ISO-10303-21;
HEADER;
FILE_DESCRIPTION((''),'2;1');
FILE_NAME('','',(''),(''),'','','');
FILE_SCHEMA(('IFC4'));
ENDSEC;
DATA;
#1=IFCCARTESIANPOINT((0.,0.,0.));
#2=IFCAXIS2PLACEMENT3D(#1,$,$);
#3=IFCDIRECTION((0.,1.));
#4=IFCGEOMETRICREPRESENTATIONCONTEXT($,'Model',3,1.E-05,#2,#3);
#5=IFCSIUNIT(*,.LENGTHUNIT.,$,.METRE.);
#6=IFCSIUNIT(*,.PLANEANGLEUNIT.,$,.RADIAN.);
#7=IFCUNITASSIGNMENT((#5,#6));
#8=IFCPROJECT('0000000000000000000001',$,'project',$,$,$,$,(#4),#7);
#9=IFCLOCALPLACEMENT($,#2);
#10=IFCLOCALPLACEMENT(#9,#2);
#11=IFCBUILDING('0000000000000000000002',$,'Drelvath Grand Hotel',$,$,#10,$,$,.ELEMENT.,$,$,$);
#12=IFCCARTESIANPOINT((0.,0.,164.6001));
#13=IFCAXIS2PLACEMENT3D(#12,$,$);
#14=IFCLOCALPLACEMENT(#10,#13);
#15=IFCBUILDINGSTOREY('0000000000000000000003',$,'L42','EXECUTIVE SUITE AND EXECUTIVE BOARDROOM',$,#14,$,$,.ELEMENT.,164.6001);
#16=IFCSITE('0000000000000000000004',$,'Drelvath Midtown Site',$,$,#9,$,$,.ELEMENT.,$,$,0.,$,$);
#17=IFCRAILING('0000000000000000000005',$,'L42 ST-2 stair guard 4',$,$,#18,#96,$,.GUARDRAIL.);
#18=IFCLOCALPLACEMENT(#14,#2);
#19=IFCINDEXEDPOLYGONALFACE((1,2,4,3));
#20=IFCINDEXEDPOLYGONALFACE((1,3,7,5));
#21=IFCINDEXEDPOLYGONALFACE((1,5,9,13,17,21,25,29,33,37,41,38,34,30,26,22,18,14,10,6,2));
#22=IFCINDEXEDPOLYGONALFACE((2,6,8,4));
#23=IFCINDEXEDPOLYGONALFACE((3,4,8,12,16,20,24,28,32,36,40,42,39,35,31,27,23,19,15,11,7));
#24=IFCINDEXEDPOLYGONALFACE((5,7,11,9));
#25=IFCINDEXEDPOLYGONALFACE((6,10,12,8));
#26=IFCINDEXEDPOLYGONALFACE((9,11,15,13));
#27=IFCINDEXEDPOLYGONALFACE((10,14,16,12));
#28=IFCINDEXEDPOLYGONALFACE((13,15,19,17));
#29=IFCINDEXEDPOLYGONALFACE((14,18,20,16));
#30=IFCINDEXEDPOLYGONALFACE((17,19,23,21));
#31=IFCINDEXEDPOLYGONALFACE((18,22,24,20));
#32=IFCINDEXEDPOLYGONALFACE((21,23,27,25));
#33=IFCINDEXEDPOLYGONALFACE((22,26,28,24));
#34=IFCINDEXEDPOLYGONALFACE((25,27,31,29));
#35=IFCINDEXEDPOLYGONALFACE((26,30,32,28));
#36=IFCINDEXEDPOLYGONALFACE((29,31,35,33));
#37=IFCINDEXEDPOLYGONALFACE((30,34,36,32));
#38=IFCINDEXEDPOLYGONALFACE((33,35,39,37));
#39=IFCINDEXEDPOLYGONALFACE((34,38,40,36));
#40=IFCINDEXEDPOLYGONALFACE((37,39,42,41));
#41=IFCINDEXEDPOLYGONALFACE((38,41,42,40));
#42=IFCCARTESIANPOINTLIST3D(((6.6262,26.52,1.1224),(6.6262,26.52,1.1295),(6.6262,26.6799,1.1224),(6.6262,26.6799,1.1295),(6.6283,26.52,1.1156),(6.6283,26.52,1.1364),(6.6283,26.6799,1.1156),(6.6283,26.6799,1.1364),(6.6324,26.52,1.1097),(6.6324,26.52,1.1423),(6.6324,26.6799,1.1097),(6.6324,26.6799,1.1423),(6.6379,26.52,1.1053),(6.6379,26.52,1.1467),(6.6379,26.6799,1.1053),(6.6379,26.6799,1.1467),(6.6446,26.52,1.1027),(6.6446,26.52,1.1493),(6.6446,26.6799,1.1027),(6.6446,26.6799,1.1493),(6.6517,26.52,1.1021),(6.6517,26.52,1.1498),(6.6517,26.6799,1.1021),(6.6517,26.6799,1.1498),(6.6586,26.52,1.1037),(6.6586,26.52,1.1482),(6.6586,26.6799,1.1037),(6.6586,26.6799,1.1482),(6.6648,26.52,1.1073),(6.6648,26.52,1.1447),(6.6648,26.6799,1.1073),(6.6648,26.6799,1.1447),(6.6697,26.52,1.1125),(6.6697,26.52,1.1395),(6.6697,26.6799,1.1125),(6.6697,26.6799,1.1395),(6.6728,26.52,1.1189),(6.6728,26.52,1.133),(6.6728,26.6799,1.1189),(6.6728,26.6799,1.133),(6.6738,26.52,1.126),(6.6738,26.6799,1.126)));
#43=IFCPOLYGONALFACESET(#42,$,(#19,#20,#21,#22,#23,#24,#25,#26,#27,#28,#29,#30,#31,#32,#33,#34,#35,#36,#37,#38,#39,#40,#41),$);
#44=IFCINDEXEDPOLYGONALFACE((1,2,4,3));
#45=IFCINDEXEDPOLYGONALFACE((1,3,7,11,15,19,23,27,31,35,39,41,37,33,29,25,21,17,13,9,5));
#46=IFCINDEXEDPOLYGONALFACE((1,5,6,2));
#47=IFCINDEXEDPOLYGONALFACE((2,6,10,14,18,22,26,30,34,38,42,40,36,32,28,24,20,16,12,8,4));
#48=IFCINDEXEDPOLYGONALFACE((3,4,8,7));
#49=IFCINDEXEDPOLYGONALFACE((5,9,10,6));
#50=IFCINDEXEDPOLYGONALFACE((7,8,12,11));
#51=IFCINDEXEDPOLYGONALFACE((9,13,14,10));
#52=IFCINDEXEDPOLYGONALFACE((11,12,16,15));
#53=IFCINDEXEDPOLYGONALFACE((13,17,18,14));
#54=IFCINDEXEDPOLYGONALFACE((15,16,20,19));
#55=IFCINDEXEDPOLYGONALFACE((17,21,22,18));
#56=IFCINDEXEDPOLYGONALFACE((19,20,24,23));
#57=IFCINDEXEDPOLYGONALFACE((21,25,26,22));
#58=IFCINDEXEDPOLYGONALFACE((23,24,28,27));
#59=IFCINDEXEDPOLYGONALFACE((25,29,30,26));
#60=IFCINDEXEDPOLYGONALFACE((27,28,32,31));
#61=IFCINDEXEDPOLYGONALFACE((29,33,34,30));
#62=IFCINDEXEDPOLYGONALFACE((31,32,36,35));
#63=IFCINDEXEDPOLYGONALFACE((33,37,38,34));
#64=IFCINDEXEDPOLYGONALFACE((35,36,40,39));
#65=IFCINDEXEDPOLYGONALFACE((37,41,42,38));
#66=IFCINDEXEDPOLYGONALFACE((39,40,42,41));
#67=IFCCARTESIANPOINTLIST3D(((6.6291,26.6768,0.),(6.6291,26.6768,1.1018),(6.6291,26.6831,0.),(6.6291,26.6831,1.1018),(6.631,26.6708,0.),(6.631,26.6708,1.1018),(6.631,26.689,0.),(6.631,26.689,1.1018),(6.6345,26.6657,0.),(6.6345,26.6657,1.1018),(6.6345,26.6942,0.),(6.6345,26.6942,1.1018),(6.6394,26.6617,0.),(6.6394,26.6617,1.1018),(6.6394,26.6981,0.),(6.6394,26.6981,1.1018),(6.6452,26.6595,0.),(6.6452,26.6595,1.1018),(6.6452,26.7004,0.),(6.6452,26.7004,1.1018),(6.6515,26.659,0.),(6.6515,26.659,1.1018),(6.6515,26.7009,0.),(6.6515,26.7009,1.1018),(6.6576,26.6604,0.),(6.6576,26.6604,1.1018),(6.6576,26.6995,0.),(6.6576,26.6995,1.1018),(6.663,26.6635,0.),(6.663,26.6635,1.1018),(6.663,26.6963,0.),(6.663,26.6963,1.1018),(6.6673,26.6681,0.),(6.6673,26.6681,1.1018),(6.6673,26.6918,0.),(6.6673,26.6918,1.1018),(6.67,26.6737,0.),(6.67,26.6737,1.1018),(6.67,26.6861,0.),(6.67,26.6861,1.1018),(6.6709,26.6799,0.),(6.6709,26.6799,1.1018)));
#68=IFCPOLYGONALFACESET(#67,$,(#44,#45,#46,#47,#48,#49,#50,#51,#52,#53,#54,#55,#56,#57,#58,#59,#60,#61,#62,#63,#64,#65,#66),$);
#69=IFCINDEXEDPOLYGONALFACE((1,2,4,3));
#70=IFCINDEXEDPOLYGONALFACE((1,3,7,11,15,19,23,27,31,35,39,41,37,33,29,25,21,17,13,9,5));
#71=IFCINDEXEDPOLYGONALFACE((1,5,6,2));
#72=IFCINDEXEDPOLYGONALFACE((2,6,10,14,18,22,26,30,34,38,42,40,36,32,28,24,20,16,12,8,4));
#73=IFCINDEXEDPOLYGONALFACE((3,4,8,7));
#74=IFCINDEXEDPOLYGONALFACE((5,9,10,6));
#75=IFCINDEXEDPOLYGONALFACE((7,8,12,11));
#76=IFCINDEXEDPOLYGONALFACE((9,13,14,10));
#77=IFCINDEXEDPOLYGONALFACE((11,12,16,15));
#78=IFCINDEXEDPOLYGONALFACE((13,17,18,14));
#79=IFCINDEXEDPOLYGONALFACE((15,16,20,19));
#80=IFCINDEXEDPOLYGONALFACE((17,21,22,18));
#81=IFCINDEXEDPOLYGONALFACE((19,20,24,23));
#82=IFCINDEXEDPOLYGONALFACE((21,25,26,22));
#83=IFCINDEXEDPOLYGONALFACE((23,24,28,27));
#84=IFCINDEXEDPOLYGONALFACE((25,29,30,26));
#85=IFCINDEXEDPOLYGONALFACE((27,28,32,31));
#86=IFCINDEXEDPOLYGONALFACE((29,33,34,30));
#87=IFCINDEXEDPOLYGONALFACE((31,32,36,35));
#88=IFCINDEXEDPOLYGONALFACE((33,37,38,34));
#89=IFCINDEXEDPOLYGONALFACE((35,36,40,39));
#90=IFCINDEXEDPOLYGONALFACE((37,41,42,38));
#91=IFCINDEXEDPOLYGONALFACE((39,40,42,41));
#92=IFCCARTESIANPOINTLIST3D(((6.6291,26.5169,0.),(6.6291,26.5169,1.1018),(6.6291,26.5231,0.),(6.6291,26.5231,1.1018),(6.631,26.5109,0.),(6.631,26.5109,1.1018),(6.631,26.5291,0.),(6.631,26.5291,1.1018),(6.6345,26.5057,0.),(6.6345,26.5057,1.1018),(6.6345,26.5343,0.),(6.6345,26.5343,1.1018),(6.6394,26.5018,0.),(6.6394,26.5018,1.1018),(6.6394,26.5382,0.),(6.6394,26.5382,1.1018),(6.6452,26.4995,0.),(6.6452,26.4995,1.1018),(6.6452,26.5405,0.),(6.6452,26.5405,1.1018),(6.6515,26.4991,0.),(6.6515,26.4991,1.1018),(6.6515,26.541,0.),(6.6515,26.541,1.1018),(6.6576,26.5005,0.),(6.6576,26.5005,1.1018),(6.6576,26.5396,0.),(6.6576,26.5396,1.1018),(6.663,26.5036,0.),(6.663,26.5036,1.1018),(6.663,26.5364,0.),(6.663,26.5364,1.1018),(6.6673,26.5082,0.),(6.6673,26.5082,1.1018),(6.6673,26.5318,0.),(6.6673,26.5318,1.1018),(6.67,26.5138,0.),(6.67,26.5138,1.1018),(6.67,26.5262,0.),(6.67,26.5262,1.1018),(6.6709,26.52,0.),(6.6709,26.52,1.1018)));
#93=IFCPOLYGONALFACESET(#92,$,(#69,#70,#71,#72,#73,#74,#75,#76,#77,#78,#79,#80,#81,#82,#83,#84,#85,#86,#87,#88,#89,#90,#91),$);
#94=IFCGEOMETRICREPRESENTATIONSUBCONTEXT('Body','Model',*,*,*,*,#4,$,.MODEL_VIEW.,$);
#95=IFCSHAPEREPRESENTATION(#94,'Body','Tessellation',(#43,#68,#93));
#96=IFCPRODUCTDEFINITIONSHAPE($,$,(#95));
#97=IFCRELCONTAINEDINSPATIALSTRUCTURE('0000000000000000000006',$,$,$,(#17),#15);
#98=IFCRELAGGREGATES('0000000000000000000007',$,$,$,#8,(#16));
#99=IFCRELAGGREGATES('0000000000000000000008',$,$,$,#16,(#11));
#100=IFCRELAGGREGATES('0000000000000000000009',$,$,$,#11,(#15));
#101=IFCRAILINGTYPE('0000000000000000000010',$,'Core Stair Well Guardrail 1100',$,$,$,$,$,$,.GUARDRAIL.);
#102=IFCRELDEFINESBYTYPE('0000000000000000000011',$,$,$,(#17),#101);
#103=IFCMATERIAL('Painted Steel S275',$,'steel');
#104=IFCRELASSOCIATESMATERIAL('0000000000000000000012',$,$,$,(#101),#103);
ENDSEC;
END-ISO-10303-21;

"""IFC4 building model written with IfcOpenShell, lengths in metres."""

from ifc_helpers import new_model, si_unit, direction, frame, origin, origin_2d, place, context, subcontext, project, spatial, circle, extrude, material, type_object, element, save


model = new_model("IFC4")

# Units and contexts
model_context = context("Model", 3, precision=1e-05, world=origin(), true_north=direction((0.0, 1.0)))
body_context = subcontext(model_context, "Body", "Model", "MODEL_VIEW")
ifc_project = project(units=[si_unit("LENGTHUNIT", "METRE"), si_unit("PLANEANGLEUNIT", "RADIAN")], contexts=[model_context])

# Site, building, storey
site_placement = place(None, origin())
site = spatial("IfcSite", under=ifc_project, at=site_placement, Name="Drelvath Midtown Site", CompositionType="ELEMENT", RefElevation=0.0)
building_placement = place(site_placement, origin())
building = spatial("IfcBuilding", under=site, at=building_placement, Name="Drelvath Grand Hotel", CompositionType="ELEMENT")
storey_placement = place(building_placement, frame((0.0, 0.0, 164.6001)))
storey = spatial("IfcBuildingStorey", under=building, at=storey_placement, Name="L42", Description="EXECUTIVE SUITE AND EXECUTIVE BOARDROOM", CompositionType="ELEMENT", Elevation=164.6001)

# Railing
ifc_material_1 = material(Name="Painted Steel S275", Category="steel")
railing_type_1 = type_object("IfcRailingType", Name="Core Stair Well Guardrail 1100", PredefinedType="GUARDRAIL", material=ifc_material_1)
railing_1_placement = place(storey_placement, frame((6.6499, 26.6799, 0.0)))
element("IfcRailing", 1, at=railing_1_placement, inside=storey, type_object=railing_type_1, Name="L42 ST-2 stair guard 4", PredefinedType="GUARDRAIL", context=body_context, shape_type="SweptSolid", body=[
    extrude(circle(Radius=0.0239, at=origin_2d()), frame((0.0, 0.0, 1.126), z_axis=(0.0, -1.0, 0.0), x_axis=(1.0, 0.0, 0.0)), (0.0, 0.0, 1.0), 0.1599),
    extrude(circle(Radius=0.021, at=origin_2d()), origin(), (0.0, 0.0, 1.0), 1.1018),
    extrude(circle(Radius=0.021, at=origin_2d()), frame((0.0, -0.1599, 0.0)), (0.0, 0.0, 1.0), 1.1018),
])

save(model, "model.ifc")
